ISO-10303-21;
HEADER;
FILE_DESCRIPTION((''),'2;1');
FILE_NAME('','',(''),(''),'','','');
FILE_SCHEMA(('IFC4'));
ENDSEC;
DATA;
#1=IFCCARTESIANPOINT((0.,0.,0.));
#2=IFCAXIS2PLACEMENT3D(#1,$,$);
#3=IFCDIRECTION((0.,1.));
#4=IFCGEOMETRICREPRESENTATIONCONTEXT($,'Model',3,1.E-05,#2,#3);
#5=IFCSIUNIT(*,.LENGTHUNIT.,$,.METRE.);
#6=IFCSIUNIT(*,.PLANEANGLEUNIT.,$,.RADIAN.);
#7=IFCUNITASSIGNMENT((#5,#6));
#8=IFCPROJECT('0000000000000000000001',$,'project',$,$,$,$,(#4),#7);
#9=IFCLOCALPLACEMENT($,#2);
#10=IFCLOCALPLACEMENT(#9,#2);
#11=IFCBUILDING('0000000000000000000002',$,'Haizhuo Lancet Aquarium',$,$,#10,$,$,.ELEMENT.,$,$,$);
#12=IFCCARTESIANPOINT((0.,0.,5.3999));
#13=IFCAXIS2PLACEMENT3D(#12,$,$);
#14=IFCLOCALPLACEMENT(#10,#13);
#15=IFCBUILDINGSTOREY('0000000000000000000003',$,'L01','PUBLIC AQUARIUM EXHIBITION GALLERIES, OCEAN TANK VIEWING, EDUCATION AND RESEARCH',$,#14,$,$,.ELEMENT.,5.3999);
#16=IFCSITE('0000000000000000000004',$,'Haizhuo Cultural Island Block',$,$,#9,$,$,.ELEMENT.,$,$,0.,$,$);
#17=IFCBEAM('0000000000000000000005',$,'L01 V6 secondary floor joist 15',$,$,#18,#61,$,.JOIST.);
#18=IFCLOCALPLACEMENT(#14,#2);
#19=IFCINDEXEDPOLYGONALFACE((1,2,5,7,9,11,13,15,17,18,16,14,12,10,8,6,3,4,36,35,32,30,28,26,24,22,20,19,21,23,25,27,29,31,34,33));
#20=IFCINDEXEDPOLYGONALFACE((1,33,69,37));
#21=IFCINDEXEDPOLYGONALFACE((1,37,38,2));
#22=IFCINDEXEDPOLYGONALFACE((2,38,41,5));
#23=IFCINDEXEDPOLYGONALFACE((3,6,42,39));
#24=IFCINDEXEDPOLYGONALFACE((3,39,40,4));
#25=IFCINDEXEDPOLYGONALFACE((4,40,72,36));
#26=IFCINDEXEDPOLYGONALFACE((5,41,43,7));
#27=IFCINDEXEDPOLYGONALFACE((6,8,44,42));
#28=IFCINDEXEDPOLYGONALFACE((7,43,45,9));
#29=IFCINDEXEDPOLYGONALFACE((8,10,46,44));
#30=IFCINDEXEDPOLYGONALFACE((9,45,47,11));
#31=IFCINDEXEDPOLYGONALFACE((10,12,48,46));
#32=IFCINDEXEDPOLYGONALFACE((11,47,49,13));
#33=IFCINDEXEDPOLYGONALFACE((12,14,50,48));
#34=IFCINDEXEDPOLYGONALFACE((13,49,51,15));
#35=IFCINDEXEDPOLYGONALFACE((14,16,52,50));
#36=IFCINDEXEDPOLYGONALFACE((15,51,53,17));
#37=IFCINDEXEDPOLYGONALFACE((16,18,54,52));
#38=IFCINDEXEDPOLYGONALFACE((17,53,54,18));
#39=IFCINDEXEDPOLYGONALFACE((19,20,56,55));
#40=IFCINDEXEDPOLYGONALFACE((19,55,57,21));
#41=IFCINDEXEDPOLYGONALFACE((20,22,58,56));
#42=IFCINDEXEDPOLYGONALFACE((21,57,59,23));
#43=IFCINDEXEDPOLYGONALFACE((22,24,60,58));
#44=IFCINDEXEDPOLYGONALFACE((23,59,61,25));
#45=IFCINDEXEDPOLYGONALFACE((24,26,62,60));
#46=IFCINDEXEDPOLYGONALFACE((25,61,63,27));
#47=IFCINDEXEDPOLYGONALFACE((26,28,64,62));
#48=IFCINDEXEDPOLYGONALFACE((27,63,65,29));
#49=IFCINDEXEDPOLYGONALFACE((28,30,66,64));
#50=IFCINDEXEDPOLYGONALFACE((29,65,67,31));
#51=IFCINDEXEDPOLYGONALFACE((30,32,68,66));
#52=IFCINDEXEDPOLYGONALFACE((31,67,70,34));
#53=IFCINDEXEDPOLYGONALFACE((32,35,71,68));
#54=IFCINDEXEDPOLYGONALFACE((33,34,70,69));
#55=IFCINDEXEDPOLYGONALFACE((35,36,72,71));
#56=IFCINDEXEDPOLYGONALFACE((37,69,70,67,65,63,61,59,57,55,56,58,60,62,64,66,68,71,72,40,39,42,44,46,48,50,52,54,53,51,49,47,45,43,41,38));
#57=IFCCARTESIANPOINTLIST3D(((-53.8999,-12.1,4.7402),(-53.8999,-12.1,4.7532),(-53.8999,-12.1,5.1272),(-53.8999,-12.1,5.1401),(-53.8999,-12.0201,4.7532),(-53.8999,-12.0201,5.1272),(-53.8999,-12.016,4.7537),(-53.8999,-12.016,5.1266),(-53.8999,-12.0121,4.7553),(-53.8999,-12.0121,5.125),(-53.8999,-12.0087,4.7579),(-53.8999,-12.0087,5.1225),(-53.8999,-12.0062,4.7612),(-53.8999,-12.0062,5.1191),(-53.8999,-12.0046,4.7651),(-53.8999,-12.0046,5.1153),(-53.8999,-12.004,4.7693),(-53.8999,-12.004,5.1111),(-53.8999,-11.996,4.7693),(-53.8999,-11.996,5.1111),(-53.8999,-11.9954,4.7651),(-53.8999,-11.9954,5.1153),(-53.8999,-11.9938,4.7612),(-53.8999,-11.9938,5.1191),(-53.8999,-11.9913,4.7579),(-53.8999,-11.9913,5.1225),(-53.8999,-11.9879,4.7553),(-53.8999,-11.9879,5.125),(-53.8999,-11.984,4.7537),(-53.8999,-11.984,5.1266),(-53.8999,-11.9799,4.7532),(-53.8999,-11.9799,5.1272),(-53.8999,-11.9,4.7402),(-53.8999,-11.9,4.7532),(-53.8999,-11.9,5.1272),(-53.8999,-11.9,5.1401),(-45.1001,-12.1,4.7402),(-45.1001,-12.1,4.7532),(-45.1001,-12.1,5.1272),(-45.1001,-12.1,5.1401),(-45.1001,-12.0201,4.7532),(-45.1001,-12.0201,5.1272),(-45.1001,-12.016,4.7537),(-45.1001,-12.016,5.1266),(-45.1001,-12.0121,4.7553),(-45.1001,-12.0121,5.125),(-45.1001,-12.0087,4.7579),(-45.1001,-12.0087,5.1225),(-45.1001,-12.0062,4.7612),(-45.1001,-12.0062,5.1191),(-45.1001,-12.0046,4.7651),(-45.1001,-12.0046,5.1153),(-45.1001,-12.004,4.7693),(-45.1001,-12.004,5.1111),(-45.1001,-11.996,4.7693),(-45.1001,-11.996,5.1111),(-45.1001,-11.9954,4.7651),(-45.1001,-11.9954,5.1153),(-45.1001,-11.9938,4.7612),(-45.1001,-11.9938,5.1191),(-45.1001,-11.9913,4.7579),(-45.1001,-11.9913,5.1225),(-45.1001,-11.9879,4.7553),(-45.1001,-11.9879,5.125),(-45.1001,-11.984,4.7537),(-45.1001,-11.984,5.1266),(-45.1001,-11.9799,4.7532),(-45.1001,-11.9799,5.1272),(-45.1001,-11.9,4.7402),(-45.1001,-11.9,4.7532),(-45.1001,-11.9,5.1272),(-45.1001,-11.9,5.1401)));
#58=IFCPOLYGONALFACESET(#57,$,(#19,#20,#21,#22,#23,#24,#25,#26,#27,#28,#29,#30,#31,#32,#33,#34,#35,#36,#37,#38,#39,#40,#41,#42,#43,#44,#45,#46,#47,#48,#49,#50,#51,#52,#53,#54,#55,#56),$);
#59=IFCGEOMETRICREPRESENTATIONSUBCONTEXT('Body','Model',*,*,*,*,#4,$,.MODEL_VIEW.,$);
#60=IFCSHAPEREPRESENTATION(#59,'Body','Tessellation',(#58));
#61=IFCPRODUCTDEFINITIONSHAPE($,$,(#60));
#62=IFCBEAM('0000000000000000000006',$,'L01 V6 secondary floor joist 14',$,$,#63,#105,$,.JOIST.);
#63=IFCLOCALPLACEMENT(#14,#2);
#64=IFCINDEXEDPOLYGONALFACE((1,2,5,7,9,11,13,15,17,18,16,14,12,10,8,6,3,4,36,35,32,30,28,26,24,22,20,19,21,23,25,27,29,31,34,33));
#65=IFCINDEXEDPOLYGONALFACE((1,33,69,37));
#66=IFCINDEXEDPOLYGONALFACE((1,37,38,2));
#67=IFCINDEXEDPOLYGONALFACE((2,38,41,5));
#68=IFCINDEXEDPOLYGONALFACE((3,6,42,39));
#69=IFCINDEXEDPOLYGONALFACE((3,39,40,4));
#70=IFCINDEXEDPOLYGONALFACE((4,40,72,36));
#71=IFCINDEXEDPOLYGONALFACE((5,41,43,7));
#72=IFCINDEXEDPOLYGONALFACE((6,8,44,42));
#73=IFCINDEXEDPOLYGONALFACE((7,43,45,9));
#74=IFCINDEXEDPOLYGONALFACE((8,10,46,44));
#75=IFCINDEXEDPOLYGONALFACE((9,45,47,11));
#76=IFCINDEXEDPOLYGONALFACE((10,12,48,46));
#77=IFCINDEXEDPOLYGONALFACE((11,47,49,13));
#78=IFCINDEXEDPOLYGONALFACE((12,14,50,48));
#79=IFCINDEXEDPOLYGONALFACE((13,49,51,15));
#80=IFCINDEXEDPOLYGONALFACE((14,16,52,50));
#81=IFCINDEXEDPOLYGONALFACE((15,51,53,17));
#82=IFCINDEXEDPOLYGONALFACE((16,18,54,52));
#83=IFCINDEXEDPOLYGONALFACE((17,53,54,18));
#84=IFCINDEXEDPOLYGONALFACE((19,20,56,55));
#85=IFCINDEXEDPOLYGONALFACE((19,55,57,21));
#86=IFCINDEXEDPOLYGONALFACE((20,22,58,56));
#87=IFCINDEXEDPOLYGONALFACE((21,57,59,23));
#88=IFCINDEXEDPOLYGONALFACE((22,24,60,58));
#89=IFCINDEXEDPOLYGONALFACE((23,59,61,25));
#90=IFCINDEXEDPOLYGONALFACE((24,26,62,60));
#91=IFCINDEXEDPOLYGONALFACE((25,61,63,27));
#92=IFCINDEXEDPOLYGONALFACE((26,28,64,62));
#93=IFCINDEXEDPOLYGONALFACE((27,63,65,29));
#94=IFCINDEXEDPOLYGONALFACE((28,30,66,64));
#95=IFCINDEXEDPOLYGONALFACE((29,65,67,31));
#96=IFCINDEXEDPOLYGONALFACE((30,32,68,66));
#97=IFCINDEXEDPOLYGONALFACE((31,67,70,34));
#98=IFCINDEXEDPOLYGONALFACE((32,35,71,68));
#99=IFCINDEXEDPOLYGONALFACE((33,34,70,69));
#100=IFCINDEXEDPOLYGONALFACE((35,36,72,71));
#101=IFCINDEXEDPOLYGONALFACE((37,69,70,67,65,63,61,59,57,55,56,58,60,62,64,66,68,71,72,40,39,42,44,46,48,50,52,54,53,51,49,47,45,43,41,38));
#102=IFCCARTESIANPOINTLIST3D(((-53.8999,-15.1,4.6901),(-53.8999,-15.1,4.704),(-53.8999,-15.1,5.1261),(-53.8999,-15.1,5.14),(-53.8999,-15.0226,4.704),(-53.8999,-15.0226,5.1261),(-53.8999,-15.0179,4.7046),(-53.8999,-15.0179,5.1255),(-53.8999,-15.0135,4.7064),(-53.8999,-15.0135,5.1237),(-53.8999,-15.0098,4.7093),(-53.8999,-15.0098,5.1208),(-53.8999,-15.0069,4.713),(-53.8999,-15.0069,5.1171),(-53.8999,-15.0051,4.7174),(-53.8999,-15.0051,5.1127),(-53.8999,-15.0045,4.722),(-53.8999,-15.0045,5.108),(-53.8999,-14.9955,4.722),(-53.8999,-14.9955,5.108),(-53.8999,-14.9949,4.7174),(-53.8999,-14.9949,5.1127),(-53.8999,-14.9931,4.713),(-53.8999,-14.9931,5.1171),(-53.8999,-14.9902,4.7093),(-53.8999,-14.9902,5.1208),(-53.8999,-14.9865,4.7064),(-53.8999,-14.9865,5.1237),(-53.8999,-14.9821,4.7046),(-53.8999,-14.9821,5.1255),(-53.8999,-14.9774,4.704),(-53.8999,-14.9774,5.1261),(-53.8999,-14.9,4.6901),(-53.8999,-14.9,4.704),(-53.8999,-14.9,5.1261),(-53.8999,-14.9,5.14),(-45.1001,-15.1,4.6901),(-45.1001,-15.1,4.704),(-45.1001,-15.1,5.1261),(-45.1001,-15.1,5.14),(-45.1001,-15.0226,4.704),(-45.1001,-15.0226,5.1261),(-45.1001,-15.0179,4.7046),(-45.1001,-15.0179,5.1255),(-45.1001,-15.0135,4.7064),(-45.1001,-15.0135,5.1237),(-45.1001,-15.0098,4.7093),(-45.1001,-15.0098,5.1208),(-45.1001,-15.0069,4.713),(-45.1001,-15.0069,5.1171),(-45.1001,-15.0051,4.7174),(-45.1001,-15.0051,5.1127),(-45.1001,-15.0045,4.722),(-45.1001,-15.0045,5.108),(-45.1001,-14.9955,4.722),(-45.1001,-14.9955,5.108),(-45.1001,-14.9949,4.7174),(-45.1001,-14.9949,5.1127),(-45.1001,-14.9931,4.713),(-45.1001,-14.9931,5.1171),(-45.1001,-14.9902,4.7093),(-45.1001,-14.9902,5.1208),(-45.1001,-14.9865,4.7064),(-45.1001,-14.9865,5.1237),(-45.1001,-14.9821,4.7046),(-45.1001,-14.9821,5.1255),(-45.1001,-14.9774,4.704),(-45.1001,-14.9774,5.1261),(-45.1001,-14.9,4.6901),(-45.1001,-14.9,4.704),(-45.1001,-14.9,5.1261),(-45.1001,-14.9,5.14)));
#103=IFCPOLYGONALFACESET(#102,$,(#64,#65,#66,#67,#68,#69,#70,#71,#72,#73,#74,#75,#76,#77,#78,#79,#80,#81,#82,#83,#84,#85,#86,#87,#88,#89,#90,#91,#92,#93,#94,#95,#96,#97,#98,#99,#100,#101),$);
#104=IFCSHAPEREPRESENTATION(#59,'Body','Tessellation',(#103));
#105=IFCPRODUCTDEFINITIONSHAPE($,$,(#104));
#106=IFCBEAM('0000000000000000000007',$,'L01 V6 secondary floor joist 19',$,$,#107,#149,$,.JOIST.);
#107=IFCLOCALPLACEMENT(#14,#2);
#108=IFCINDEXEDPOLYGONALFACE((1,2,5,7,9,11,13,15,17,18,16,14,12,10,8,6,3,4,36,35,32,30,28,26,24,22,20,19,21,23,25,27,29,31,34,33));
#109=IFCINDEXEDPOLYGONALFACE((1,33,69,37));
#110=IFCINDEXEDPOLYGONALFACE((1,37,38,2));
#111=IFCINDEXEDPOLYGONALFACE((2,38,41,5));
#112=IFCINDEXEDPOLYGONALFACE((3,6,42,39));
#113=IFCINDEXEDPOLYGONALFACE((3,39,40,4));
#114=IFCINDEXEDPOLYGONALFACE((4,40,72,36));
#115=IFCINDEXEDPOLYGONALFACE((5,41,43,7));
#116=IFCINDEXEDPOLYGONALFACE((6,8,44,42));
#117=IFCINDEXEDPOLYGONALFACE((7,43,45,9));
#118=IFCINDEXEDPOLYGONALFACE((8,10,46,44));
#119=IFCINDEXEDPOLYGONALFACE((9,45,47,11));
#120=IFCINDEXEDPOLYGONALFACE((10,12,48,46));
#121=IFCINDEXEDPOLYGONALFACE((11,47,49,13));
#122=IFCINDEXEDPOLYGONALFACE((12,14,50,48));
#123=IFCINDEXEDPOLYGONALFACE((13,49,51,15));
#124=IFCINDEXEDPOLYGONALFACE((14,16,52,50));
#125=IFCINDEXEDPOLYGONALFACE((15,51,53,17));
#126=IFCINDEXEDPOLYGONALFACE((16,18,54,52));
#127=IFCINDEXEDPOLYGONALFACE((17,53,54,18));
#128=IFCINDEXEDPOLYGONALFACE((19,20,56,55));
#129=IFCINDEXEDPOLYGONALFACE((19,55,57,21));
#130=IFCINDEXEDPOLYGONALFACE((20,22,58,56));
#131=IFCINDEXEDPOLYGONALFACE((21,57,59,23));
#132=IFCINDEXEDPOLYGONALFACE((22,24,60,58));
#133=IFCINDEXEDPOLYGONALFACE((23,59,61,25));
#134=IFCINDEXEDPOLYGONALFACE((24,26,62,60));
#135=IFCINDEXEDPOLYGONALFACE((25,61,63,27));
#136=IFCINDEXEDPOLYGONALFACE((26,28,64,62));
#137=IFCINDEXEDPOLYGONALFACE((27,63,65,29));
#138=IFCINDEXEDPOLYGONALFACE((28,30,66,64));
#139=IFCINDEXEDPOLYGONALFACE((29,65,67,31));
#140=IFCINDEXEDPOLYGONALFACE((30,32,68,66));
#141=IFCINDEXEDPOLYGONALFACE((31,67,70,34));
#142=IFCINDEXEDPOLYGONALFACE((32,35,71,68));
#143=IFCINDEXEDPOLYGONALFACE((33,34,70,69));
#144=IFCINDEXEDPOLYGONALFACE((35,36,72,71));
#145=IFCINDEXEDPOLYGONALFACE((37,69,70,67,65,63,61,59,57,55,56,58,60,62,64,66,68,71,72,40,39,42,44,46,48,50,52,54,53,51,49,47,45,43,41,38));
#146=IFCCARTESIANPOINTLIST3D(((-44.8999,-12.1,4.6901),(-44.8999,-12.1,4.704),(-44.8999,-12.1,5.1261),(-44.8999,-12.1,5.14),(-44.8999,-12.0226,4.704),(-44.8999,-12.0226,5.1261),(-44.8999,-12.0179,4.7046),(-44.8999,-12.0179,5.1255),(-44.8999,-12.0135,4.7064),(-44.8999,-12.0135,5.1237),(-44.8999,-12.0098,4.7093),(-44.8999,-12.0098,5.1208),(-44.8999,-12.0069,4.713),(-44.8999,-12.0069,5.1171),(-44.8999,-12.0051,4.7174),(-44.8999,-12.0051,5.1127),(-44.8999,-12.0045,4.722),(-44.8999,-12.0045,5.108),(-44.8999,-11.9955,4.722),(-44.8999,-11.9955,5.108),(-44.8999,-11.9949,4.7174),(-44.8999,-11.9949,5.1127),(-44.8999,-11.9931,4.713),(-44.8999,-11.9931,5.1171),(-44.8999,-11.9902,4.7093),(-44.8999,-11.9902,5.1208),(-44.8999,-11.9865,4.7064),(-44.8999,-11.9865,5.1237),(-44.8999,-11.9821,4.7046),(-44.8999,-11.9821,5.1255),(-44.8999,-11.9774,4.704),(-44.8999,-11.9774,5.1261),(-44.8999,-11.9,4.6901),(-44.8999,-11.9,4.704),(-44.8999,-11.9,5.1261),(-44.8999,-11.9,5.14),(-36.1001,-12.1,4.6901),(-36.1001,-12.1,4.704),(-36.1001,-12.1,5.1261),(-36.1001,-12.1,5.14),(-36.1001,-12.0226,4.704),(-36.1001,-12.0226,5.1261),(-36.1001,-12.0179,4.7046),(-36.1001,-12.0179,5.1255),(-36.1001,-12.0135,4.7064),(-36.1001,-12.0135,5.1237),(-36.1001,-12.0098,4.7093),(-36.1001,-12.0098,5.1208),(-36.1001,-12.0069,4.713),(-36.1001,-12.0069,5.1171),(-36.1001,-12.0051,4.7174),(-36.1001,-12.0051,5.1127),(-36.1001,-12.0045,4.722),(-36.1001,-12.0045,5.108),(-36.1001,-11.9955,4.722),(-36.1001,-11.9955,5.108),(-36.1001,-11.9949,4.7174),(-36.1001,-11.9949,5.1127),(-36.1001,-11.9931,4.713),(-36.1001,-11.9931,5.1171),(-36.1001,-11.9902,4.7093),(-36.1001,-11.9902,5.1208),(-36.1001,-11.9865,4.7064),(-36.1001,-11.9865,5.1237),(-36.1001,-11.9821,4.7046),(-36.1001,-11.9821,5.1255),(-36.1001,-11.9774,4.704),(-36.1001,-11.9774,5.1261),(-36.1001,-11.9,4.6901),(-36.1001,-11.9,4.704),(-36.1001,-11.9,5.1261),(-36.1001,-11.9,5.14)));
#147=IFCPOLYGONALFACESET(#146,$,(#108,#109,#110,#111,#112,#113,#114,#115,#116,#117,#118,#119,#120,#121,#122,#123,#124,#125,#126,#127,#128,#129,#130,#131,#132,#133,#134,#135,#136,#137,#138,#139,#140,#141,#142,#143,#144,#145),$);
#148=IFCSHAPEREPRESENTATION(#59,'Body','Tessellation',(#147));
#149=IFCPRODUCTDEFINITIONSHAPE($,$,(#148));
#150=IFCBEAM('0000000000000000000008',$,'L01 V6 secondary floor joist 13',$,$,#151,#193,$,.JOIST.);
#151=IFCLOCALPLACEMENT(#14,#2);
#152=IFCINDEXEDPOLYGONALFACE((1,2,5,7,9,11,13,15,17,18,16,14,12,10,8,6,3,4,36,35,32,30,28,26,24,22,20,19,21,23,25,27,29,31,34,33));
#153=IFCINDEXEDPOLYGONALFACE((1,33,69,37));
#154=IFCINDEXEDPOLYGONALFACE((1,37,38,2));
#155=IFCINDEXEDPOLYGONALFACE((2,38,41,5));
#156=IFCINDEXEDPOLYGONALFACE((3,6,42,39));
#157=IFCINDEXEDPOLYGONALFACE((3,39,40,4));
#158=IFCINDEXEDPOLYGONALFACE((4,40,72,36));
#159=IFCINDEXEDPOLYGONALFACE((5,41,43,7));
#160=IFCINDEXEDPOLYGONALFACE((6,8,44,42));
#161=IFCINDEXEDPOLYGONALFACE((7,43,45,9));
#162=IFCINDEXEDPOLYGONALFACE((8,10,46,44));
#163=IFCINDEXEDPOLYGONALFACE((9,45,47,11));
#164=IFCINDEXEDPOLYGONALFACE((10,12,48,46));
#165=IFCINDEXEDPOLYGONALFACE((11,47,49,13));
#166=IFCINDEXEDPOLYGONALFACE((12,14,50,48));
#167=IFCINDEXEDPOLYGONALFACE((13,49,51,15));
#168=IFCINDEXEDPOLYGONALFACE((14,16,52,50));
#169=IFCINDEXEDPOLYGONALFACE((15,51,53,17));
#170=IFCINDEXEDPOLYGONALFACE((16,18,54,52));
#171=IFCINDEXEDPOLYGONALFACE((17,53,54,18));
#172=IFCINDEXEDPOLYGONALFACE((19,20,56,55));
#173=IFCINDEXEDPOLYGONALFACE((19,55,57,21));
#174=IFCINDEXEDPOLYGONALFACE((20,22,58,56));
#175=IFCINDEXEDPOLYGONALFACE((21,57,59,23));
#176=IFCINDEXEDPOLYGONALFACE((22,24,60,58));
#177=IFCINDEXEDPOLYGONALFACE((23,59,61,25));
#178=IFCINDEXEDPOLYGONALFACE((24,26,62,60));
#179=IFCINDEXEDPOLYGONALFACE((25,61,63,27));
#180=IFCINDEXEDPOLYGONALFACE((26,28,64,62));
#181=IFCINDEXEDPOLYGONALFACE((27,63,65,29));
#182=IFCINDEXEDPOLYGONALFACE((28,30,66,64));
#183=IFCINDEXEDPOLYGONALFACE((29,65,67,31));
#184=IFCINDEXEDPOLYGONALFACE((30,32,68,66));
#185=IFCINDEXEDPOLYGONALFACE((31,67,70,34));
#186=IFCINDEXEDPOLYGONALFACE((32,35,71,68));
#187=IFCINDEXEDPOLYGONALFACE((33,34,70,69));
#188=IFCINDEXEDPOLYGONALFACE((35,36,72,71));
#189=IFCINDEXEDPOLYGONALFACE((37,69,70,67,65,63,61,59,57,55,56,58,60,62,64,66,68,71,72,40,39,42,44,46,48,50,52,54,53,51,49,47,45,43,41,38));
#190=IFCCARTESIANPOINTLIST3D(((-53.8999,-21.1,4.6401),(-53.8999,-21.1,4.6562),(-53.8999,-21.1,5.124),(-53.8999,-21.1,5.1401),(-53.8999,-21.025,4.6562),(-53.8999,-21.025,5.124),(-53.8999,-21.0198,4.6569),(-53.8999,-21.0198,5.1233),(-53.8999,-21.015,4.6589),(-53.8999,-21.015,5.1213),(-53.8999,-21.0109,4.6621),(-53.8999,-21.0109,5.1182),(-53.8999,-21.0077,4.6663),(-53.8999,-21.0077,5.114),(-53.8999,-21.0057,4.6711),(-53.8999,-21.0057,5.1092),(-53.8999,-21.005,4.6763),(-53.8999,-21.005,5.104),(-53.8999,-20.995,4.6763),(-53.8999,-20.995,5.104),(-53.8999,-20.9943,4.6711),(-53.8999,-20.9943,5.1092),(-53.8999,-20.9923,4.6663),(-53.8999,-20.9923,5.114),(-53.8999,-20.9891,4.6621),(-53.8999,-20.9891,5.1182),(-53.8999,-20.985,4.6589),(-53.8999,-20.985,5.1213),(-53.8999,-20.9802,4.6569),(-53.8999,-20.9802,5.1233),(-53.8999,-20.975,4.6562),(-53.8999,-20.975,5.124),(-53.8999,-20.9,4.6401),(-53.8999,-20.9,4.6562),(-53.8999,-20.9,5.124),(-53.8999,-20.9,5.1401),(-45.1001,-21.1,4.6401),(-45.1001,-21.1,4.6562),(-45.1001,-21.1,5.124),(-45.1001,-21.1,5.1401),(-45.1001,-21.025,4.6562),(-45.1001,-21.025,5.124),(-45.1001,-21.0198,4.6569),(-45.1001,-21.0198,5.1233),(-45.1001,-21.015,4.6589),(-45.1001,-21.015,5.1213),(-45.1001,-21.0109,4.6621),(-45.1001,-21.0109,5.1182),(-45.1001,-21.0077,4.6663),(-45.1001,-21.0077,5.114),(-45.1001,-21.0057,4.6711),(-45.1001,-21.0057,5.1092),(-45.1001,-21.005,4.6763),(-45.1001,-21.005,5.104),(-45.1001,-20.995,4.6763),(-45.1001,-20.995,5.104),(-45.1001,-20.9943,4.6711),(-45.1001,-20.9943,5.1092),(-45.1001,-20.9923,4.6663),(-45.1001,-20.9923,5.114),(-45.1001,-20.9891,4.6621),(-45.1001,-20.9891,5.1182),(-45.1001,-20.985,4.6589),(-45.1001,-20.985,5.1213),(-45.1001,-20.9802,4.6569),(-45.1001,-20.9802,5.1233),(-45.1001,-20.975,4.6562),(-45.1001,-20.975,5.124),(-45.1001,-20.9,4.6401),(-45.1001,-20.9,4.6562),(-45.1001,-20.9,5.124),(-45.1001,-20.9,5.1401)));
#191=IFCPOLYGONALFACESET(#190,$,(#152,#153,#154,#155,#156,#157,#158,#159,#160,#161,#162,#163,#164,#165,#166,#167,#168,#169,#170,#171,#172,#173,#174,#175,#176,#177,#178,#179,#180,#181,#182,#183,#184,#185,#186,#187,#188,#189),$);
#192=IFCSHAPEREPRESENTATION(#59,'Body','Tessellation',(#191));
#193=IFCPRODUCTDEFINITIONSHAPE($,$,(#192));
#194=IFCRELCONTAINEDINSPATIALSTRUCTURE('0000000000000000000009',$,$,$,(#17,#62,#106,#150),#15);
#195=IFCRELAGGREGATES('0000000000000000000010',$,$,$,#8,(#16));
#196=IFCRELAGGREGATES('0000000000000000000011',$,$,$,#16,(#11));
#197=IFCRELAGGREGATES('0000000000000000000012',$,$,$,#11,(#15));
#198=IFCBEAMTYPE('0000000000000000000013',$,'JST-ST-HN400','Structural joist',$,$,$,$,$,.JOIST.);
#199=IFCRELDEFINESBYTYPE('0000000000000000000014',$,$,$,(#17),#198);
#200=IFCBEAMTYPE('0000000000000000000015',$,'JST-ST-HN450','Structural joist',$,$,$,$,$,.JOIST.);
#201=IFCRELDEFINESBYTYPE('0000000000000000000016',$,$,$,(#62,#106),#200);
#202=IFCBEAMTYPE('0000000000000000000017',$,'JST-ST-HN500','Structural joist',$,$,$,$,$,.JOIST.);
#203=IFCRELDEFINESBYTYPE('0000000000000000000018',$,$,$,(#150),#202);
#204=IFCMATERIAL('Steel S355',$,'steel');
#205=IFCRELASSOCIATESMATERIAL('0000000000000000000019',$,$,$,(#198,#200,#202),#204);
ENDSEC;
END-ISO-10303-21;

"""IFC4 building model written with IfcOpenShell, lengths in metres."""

from ifc_helpers import new_model, si_unit, direction, frame, origin, origin_2d, place, context, subcontext, project, spatial, i_section, extrude, material, material_profile, profile_set, type_object, element, save


model = new_model("IFC4")

# Units and contexts
model_context = context("Model", 3, precision=1e-05, world=origin(), true_north=direction((0.0, 1.0)))
body_context = subcontext(model_context, "Body", "Model", "MODEL_VIEW")
ifc_project = project(units=[si_unit("LENGTHUNIT", "METRE"), si_unit("PLANEANGLEUNIT", "RADIAN")], contexts=[model_context])

# Site, building, storey
site_placement = place(None, origin())
site = spatial("IfcSite", under=ifc_project, at=site_placement, Name="Haizhuo Cultural Island Block", CompositionType="ELEMENT", RefElevation=0.0)
building_placement = place(site_placement, origin())
building = spatial("IfcBuilding", under=site, at=building_placement, Name="Haizhuo Lancet Aquarium", CompositionType="ELEMENT")
storey_placement = place(building_placement, frame((0.0, 0.0, 5.3999)))
storey = spatial("IfcBuildingStorey", under=building, at=storey_placement, Name="L01", Description="PUBLIC AQUARIUM EXHIBITION GALLERIES, OCEAN TANK VIEWING, EDUCATION AND RESEARCH", CompositionType="ELEMENT", Elevation=5.3999)

# Beams
ifc_material_1 = material(Name="Steel S355", Category="steel")
ifc_material_profile_1 = material_profile(ifc_material_1, i_section(OverallWidth=0.2, OverallDepth=0.3999, WebThickness=0.0081, FlangeThickness=0.0129, FilletRadius=0.0161, at=origin_2d()), Name="HN 400x200x8x13")
ifc_profile_set_1 = profile_set([ifc_material_profile_1], Name="Steel S355")
beam_type_1 = type_object("IfcBeamType", Name="JST-ST-HN400", Description="Structural joist", PredefinedType="JOIST", material=ifc_profile_set_1)
beam_1_placement = place(storey_placement, frame((-53.8999, -12.0, 4.9402), z_axis=(1.0, 0.0, 0.0), x_axis=(0.0, 1.0, 0.0)))
element("IfcBeam", 1, at=beam_1_placement, inside=storey, type_object=beam_type_1, Name="L01 V6 secondary floor joist 15", PredefinedType="JOIST", context=body_context, shape_type="SweptSolid", body=[
    extrude(i_section(OverallWidth=0.2, OverallDepth=0.3999, WebThickness=0.0081, FlangeThickness=0.0129, FilletRadius=0.0161, at=origin_2d()), origin(), (0.0, 0.0, 1.0), 8.7998),
])
ifc_material_profile_2 = material_profile(ifc_material_1, i_section(OverallWidth=0.2, OverallDepth=0.45, WebThickness=0.009, FlangeThickness=0.0139, FilletRadius=0.0181, at=origin_2d()), Name="HN 450x200x9x14")
ifc_profile_set_2 = profile_set([ifc_material_profile_2], Name="Steel S355")
beam_type_2 = type_object("IfcBeamType", Name="JST-ST-HN450", Description="Structural joist", PredefinedType="JOIST", material=ifc_profile_set_2)
for number, where, z_axis, x_axis, name in (
    (2, (-53.8999, -15.0, 4.915), (1.0, 0.0, 0.0), (0.0, 1.0, 0.0), "L01 V6 secondary floor joist 14"),
    (3, (-44.8999, -12.0, 4.915), (1.0, 0.0, 0.0), (0.0, 1.0, 0.0), "L01 V6 secondary floor joist 19"),
):
    element("IfcBeam", number, at=place(storey_placement, frame(where, z_axis=z_axis, x_axis=x_axis)), inside=storey, type_object=beam_type_2, Name=name, PredefinedType="JOIST", context=body_context, shape_type="SweptSolid", body=[
        extrude(i_section(OverallWidth=0.2, OverallDepth=0.45, WebThickness=0.009, FlangeThickness=0.0139, FilletRadius=0.0181, at=origin_2d()), origin(), (0.0, 0.0, 1.0), 8.7998),
    ])
ifc_material_profile_3 = material_profile(ifc_material_1, i_section(OverallWidth=0.2, OverallDepth=0.5, WebThickness=0.01, FlangeThickness=0.0161, FilletRadius=0.02, at=origin_2d()), Name="HN 500x200x10x16")
ifc_profile_set_3 = profile_set([ifc_material_profile_3], Name="Steel S355")
beam_type_3 = type_object("IfcBeamType", Name="JST-ST-HN500", Description="Structural joist", PredefinedType="JOIST", material=ifc_profile_set_3)
beam_2_placement = place(storey_placement, frame((-53.8999, -21.0, 4.8901), z_axis=(1.0, 0.0, 0.0), x_axis=(0.0, 1.0, 0.0)))
element("IfcBeam", 4, at=beam_2_placement, inside=storey, type_object=beam_type_3, Name="L01 V6 secondary floor joist 13", PredefinedType="JOIST", context=body_context, shape_type="SweptSolid", body=[
    extrude(i_section(OverallWidth=0.2, OverallDepth=0.5, WebThickness=0.01, FlangeThickness=0.0161, FilletRadius=0.02, at=origin_2d()), origin(), (0.0, 0.0, 1.0), 8.7998),
])

save(model, "model.ifc")
